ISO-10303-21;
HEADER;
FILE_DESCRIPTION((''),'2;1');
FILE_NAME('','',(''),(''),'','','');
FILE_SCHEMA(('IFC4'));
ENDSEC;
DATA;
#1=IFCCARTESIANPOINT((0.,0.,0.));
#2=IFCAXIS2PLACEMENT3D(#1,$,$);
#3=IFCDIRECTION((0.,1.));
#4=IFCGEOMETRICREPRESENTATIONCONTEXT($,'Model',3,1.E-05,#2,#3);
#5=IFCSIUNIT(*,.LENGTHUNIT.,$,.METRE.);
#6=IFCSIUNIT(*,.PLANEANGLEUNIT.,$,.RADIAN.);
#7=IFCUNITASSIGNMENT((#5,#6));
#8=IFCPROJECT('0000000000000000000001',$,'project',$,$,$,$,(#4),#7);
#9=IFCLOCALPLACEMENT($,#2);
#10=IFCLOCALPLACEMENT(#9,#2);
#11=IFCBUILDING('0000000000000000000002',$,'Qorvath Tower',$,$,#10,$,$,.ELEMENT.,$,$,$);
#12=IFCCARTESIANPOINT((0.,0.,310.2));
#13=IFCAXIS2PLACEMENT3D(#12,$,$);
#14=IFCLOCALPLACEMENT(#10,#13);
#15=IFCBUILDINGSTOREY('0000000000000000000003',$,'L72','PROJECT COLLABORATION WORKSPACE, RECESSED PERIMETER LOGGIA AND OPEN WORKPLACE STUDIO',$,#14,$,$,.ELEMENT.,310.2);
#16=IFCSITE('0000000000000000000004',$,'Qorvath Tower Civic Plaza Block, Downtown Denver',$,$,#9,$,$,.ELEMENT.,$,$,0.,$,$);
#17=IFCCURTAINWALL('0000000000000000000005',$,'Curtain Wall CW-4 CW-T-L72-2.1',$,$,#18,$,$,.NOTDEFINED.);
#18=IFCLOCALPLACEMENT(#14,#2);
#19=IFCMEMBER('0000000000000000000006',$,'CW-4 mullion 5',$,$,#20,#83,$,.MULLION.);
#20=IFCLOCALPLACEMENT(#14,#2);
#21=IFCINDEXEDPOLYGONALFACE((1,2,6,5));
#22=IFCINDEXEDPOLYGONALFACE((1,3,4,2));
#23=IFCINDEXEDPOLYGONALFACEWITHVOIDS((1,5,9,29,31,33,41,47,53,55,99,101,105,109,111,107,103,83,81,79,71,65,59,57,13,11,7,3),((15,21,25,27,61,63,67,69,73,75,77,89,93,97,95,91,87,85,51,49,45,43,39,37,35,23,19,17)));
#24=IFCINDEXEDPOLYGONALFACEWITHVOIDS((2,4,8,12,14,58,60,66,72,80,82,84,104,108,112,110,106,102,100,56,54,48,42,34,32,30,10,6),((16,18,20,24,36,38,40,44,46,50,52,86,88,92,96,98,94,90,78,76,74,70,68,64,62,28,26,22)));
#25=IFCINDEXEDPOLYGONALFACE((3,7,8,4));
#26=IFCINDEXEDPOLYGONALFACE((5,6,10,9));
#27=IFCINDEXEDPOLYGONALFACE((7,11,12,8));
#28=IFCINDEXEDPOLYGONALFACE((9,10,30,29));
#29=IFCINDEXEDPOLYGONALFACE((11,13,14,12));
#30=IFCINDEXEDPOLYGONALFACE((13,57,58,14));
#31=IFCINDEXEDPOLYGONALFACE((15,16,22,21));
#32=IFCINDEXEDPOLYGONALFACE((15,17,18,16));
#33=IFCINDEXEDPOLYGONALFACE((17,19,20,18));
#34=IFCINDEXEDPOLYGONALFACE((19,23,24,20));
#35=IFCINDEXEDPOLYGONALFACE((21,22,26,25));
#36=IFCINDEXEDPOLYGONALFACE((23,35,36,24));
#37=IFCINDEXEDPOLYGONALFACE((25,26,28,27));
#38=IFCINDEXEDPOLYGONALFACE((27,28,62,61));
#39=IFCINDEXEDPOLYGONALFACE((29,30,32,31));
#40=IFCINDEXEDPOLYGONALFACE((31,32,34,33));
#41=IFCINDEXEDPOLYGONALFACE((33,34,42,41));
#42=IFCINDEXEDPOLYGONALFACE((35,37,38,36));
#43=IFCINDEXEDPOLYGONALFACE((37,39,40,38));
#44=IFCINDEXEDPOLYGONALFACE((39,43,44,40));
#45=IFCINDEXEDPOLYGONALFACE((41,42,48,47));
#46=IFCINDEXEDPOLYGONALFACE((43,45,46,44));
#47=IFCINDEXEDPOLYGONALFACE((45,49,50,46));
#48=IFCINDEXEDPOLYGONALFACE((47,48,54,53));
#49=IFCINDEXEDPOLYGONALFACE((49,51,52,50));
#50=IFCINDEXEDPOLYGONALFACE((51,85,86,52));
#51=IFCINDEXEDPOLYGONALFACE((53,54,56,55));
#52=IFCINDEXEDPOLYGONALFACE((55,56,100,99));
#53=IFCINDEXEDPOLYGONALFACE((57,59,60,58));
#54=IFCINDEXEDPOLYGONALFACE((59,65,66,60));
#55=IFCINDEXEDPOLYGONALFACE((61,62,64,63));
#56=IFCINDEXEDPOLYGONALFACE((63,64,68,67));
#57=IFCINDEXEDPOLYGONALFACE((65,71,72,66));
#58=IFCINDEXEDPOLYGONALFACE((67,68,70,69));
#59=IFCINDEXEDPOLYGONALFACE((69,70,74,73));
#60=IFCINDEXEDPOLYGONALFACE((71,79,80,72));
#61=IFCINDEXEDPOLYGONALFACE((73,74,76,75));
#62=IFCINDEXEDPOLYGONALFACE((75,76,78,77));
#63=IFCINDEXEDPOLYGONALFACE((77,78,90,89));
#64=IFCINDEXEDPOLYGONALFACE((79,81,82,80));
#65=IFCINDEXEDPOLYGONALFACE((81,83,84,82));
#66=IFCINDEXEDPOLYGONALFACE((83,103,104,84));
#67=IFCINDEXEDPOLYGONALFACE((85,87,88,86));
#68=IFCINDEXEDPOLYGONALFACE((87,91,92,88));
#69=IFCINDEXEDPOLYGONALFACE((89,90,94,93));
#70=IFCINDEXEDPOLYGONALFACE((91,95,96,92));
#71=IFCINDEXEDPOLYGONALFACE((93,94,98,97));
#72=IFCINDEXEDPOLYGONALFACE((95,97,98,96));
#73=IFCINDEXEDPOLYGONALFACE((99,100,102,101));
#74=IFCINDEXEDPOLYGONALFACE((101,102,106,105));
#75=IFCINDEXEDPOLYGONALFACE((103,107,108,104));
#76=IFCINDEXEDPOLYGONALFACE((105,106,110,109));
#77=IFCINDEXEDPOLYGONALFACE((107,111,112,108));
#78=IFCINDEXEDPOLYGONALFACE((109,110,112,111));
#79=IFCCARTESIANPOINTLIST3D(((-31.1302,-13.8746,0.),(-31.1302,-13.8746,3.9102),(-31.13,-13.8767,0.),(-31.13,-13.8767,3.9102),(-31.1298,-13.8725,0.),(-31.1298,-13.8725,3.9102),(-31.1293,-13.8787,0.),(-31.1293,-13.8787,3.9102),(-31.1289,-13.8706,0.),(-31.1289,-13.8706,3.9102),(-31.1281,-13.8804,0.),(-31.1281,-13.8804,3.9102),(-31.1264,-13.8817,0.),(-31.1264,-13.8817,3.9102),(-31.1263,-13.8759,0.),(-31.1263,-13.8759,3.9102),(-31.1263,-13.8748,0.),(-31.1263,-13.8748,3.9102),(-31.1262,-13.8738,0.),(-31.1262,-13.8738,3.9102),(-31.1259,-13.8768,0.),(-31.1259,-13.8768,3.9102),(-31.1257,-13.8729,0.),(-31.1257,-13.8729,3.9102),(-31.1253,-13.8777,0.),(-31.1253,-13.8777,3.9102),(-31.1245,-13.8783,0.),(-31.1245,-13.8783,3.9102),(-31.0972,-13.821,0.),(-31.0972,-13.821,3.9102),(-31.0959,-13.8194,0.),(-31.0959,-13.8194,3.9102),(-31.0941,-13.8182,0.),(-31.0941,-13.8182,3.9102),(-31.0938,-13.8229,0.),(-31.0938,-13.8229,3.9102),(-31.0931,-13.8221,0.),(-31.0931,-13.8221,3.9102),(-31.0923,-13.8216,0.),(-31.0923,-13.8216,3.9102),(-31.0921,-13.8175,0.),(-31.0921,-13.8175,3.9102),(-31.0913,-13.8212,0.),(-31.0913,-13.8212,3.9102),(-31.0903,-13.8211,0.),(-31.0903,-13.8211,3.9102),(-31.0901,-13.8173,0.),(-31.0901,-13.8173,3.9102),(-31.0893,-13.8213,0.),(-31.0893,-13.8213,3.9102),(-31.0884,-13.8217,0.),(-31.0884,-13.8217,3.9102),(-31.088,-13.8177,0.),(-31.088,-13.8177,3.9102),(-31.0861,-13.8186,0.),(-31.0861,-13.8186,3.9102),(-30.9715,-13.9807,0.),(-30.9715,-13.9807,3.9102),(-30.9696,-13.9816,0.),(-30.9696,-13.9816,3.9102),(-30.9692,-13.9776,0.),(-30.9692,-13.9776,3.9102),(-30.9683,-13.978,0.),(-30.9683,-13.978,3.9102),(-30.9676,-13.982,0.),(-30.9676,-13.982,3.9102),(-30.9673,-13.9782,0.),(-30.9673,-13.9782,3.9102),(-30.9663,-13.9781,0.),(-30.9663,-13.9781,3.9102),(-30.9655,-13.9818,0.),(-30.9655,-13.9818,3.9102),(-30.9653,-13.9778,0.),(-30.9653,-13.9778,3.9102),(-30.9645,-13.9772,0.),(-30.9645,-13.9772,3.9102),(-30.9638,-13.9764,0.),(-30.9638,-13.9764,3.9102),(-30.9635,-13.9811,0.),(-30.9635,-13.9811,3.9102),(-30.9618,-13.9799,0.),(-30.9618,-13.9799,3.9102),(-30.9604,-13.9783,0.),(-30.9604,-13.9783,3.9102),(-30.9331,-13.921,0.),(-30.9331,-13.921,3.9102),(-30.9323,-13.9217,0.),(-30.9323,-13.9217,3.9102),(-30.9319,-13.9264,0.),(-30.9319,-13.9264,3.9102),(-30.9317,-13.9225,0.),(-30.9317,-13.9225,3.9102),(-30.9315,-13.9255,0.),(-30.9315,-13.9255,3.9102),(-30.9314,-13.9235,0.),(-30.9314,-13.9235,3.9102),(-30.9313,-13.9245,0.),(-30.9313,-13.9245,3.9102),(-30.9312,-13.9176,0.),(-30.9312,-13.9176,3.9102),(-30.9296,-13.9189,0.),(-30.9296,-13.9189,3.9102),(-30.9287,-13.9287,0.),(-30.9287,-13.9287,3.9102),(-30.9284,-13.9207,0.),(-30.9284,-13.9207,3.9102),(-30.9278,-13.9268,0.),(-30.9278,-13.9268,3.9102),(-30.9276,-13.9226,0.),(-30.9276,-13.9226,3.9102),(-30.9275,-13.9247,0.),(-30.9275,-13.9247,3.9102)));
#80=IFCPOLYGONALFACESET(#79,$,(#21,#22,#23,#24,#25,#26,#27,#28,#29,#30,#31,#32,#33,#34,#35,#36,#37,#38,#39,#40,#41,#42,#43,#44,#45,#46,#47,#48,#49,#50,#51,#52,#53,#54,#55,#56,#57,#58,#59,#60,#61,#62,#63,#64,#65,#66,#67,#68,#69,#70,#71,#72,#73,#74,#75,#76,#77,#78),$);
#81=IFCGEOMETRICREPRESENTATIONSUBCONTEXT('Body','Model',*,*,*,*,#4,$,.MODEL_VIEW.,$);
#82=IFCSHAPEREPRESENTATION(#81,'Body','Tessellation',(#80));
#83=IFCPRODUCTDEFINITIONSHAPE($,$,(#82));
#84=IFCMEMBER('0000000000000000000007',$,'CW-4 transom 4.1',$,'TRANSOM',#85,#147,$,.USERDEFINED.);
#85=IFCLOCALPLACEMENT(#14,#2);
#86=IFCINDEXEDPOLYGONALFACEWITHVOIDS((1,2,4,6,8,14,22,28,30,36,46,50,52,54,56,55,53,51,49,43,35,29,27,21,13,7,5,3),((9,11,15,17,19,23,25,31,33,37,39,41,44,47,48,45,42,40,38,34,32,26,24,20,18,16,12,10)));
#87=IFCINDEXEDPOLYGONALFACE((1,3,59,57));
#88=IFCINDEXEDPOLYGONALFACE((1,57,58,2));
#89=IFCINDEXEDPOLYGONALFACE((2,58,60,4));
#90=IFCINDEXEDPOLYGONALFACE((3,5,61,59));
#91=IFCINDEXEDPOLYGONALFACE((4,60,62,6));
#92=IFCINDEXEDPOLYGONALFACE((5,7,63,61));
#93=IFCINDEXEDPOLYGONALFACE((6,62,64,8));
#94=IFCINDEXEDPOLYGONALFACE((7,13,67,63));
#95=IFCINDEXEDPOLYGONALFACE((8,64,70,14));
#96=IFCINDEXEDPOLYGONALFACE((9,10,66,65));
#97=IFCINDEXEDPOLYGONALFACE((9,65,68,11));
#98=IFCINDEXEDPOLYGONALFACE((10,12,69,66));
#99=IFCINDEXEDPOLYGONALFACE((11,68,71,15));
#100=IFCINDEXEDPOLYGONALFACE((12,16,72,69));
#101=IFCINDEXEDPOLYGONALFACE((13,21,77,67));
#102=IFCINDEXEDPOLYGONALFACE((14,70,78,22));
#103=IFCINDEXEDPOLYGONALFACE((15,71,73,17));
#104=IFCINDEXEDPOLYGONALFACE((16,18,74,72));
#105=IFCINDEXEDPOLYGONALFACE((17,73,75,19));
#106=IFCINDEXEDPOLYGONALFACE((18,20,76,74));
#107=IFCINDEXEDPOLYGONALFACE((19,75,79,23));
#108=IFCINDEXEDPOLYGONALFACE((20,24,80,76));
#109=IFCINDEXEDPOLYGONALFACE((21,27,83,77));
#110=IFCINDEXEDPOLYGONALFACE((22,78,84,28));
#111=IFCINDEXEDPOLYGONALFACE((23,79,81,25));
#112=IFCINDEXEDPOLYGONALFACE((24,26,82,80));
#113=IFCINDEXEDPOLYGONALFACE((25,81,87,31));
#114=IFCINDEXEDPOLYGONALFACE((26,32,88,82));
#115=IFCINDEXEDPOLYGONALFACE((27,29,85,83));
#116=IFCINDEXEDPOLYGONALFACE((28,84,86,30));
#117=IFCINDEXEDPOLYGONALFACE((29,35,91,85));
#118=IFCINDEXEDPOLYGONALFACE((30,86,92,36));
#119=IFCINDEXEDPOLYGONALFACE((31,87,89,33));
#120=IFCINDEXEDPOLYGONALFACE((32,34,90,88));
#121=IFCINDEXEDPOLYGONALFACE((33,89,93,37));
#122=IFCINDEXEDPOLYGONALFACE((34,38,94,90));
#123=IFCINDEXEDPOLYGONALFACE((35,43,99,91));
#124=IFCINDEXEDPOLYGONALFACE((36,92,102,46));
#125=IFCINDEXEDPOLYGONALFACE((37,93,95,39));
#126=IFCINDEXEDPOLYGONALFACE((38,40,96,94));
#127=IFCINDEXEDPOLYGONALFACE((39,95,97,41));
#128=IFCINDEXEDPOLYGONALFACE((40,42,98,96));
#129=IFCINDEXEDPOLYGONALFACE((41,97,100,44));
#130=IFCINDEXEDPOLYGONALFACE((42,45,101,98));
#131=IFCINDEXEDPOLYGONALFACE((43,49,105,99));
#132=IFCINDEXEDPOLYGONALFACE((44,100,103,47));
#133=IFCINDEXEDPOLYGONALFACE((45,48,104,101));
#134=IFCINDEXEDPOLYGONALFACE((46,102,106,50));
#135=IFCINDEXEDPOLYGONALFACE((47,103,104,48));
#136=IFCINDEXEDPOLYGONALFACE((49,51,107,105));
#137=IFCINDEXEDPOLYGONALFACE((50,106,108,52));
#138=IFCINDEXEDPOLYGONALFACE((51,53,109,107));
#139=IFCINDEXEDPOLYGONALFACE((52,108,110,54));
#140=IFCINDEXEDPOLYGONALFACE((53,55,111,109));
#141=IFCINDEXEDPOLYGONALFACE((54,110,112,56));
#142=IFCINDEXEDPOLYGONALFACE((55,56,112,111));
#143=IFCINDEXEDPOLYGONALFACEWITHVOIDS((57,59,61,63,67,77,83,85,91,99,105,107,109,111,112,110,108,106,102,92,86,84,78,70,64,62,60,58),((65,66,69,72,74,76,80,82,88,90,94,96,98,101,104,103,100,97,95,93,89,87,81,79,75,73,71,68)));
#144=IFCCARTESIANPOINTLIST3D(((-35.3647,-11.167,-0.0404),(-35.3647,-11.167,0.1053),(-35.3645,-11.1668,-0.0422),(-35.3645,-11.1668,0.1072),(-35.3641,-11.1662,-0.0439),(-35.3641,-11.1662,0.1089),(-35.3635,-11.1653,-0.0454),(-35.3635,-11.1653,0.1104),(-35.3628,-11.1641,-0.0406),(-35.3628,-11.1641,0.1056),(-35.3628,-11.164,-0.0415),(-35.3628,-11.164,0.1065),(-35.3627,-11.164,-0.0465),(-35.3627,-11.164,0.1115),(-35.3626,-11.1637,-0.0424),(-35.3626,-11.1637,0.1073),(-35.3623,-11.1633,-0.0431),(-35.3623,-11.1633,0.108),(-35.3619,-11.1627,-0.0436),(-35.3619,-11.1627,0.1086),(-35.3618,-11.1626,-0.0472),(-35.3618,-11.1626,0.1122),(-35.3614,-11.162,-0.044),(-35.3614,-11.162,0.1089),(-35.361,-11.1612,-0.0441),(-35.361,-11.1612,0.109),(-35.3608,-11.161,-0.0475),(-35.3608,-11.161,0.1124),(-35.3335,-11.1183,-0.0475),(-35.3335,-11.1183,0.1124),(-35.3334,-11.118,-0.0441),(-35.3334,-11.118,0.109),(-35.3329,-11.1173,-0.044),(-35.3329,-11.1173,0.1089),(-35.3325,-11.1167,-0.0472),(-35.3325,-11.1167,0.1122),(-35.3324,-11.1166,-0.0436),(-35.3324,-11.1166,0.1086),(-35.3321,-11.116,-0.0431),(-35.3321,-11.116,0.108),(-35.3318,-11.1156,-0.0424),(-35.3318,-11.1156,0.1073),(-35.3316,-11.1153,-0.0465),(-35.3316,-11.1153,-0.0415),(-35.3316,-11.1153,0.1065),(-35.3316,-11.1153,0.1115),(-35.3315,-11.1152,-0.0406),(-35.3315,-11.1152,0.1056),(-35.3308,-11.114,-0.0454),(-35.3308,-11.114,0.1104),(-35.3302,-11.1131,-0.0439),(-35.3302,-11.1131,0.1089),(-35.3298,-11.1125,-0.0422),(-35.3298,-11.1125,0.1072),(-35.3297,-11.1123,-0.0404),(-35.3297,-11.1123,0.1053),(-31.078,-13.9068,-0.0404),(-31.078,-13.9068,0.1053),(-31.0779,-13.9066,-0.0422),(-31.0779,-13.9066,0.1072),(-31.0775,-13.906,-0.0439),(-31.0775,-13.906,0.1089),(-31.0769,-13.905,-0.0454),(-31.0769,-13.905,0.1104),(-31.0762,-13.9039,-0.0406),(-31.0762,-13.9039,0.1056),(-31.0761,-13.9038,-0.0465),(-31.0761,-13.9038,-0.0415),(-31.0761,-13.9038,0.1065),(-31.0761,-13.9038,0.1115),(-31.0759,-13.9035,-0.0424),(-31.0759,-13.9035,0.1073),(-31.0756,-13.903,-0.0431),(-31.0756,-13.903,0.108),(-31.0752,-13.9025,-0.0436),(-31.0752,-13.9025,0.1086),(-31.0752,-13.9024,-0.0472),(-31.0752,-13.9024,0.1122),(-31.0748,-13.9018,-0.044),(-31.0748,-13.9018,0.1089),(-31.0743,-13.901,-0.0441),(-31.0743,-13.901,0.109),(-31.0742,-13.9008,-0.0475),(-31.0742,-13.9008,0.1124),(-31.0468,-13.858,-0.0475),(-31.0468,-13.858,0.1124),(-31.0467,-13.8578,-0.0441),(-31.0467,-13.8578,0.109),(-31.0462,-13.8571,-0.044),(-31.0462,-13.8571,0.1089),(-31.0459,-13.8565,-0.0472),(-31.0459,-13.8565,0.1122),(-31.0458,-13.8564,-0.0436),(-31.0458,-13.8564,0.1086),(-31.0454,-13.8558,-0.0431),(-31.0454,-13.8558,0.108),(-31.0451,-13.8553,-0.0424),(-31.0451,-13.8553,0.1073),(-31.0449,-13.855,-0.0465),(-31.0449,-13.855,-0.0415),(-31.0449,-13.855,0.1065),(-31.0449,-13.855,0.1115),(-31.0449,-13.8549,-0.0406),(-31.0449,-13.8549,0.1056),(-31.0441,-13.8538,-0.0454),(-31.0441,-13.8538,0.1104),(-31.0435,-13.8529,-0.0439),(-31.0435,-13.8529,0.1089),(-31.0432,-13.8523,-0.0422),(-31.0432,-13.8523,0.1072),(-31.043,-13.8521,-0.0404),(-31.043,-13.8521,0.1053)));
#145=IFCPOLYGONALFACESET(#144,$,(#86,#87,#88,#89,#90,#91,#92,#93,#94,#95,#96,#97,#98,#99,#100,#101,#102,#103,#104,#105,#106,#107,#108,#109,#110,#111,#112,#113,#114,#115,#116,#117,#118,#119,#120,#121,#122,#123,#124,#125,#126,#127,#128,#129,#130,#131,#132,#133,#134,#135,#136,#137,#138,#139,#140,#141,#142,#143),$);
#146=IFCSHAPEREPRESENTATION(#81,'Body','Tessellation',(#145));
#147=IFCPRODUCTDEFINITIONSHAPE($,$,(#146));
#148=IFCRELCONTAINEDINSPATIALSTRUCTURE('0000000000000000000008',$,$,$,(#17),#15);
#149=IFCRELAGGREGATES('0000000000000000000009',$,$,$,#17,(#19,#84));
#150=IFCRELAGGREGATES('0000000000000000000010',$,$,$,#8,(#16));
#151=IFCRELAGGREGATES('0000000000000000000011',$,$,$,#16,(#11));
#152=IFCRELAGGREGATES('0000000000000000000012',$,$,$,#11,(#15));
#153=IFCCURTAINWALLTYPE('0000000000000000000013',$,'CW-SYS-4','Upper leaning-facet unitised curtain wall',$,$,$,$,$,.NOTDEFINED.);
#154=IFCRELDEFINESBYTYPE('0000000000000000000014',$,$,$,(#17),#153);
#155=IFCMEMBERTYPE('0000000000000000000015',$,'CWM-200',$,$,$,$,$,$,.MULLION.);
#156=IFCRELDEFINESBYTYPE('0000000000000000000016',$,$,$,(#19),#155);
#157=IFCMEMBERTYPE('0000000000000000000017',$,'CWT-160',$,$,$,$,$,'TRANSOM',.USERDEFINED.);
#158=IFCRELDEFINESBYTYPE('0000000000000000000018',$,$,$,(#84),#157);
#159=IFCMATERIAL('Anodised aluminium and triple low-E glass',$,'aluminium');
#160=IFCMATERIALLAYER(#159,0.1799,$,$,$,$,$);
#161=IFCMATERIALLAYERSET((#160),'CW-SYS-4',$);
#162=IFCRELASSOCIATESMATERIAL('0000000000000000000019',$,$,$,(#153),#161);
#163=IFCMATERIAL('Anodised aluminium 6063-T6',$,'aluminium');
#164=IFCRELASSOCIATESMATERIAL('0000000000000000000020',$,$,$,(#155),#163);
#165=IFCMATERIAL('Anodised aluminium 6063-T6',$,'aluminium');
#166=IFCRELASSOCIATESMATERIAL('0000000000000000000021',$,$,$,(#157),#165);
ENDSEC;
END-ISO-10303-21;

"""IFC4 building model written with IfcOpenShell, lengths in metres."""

from ifc_helpers import new_model, si_unit, direction, frame, origin, origin_2d, place, context, subcontext, project, spatial, hollow_rectangle, extrude, material, layer, layer_set, material_profile, profile_set, type_object, element, aggregate, save


model = new_model("IFC4")

# Units and contexts
model_context = context("Model", 3, precision=1e-05, world=origin(), true_north=direction((0.0, 1.0)))
body_context = subcontext(model_context, "Body", "Model", "MODEL_VIEW")
ifc_project = project(units=[si_unit("LENGTHUNIT", "METRE"), si_unit("PLANEANGLEUNIT", "RADIAN")], contexts=[model_context])

# Site, building, storey
site_placement = place(None, origin())
site = spatial("IfcSite", under=ifc_project, at=site_placement, Name="Qorvath Tower Civic Plaza Block, Downtown Denver", CompositionType="ELEMENT", RefElevation=0.0)
building_placement = place(site_placement, origin())
building = spatial("IfcBuilding", under=site, at=building_placement, Name="Qorvath Tower", CompositionType="ELEMENT")
storey_placement = place(building_placement, frame((0.0, 0.0, 310.2)))
storey = spatial("IfcBuildingStorey", under=building, at=storey_placement, Name="L72", Description="PROJECT COLLABORATION WORKSPACE, RECESSED PERIMETER LOGGIA AND OPEN WORKPLACE STUDIO", CompositionType="ELEMENT", Elevation=310.2)

# Curtain wall, members
ifc_material_1 = material(Name="Anodised aluminium and triple low-E glass", Category="aluminium")
ifc_layer_1 = layer(ifc_material_1, 0.1799)
ifc_layer_set_1 = layer_set([ifc_layer_1], Name="CW-SYS-4")
curtain_wall_type = type_object("IfcCurtainWallType", Name="CW-SYS-4", Description="Upper leaning-facet unitised curtain wall", PredefinedType="NOTDEFINED", material=ifc_layer_set_1)
curtain_wall_placement = place(storey_placement, origin())
curtain_wall = element("IfcCurtainWall", 1, at=curtain_wall_placement, inside=storey, type_object=curtain_wall_type, Name="Curtain Wall CW-4 CW-T-L72-2.1", PredefinedType="NOTDEFINED")
ifc_material_2 = material(Name="Anodised aluminium 6063-T6", Category="aluminium")
ifc_material_profile_1 = material_profile(ifc_material_2, hollow_rectangle(XDim=0.075, YDim=0.2, WallThickness=0.0039, InnerFilletRadius=0.0039, OuterFilletRadius=0.0081, at=origin_2d()), Name="CWM 200x75")
ifc_profile_set_1 = profile_set([ifc_material_profile_1], Name="Anodised aluminium 6063-T6")
member_type_1 = type_object("IfcMemberType", Name="CWM-200", PredefinedType="MULLION", material=ifc_profile_set_1)
member_1_placement = place(storey_placement, frame((-31.0288, -13.8997, 0.0), z_axis=(0.0, 0.0, 1.0), x_axis=(0.538538, 0.842601, 0.0)))
member_1 = element("IfcMember", 2, at=member_1_placement, type_object=member_type_1, Name="CW-4 mullion 5", PredefinedType="MULLION", context=body_context, shape_type="SweptSolid", body=[
    extrude(hollow_rectangle(XDim=0.075, YDim=0.2, WallThickness=0.0039, InnerFilletRadius=0.0039, OuterFilletRadius=0.0081, at=origin_2d()), origin(), (0.0, 0.0, 1.0), 3.9102),
])
ifc_material_3 = material(Name="Anodised aluminium 6063-T6", Category="aluminium")
ifc_material_profile_2 = material_profile(ifc_material_3, hollow_rectangle(XDim=0.0649, YDim=0.1599, WallThickness=0.0034, InnerFilletRadius=0.0034, OuterFilletRadius=0.0071, at=origin_2d()), Name="CWT 160x65")
ifc_profile_set_2 = profile_set([ifc_material_profile_2], Name="Anodised aluminium 6063-T6")
member_type_2 = type_object("IfcMemberType", Name="CWT-160", ElementType="TRANSOM", PredefinedType="USERDEFINED", material=ifc_profile_set_2)
member_2_placement = place(storey_placement, frame((-35.3472, -11.1396, 0.0325), z_axis=(0.842601, -0.538539, 0.0), x_axis=(0.538539, 0.842601, 0.0)))
member_2 = element("IfcMember", 3, at=member_2_placement, type_object=member_type_2, Name="CW-4 transom 4.1", ObjectType="TRANSOM", PredefinedType="USERDEFINED", context=body_context, shape_type="SweptSolid", body=[
    extrude(hollow_rectangle(XDim=0.0649, YDim=0.1599, WallThickness=0.0034, InnerFilletRadius=0.0034, OuterFilletRadius=0.0071, at=origin_2d()), origin(), (0.0, 0.0, 1.0), 5.0874),
])
aggregate(curtain_wall, [member_1, member_2])

save(model, "model.ifc")
